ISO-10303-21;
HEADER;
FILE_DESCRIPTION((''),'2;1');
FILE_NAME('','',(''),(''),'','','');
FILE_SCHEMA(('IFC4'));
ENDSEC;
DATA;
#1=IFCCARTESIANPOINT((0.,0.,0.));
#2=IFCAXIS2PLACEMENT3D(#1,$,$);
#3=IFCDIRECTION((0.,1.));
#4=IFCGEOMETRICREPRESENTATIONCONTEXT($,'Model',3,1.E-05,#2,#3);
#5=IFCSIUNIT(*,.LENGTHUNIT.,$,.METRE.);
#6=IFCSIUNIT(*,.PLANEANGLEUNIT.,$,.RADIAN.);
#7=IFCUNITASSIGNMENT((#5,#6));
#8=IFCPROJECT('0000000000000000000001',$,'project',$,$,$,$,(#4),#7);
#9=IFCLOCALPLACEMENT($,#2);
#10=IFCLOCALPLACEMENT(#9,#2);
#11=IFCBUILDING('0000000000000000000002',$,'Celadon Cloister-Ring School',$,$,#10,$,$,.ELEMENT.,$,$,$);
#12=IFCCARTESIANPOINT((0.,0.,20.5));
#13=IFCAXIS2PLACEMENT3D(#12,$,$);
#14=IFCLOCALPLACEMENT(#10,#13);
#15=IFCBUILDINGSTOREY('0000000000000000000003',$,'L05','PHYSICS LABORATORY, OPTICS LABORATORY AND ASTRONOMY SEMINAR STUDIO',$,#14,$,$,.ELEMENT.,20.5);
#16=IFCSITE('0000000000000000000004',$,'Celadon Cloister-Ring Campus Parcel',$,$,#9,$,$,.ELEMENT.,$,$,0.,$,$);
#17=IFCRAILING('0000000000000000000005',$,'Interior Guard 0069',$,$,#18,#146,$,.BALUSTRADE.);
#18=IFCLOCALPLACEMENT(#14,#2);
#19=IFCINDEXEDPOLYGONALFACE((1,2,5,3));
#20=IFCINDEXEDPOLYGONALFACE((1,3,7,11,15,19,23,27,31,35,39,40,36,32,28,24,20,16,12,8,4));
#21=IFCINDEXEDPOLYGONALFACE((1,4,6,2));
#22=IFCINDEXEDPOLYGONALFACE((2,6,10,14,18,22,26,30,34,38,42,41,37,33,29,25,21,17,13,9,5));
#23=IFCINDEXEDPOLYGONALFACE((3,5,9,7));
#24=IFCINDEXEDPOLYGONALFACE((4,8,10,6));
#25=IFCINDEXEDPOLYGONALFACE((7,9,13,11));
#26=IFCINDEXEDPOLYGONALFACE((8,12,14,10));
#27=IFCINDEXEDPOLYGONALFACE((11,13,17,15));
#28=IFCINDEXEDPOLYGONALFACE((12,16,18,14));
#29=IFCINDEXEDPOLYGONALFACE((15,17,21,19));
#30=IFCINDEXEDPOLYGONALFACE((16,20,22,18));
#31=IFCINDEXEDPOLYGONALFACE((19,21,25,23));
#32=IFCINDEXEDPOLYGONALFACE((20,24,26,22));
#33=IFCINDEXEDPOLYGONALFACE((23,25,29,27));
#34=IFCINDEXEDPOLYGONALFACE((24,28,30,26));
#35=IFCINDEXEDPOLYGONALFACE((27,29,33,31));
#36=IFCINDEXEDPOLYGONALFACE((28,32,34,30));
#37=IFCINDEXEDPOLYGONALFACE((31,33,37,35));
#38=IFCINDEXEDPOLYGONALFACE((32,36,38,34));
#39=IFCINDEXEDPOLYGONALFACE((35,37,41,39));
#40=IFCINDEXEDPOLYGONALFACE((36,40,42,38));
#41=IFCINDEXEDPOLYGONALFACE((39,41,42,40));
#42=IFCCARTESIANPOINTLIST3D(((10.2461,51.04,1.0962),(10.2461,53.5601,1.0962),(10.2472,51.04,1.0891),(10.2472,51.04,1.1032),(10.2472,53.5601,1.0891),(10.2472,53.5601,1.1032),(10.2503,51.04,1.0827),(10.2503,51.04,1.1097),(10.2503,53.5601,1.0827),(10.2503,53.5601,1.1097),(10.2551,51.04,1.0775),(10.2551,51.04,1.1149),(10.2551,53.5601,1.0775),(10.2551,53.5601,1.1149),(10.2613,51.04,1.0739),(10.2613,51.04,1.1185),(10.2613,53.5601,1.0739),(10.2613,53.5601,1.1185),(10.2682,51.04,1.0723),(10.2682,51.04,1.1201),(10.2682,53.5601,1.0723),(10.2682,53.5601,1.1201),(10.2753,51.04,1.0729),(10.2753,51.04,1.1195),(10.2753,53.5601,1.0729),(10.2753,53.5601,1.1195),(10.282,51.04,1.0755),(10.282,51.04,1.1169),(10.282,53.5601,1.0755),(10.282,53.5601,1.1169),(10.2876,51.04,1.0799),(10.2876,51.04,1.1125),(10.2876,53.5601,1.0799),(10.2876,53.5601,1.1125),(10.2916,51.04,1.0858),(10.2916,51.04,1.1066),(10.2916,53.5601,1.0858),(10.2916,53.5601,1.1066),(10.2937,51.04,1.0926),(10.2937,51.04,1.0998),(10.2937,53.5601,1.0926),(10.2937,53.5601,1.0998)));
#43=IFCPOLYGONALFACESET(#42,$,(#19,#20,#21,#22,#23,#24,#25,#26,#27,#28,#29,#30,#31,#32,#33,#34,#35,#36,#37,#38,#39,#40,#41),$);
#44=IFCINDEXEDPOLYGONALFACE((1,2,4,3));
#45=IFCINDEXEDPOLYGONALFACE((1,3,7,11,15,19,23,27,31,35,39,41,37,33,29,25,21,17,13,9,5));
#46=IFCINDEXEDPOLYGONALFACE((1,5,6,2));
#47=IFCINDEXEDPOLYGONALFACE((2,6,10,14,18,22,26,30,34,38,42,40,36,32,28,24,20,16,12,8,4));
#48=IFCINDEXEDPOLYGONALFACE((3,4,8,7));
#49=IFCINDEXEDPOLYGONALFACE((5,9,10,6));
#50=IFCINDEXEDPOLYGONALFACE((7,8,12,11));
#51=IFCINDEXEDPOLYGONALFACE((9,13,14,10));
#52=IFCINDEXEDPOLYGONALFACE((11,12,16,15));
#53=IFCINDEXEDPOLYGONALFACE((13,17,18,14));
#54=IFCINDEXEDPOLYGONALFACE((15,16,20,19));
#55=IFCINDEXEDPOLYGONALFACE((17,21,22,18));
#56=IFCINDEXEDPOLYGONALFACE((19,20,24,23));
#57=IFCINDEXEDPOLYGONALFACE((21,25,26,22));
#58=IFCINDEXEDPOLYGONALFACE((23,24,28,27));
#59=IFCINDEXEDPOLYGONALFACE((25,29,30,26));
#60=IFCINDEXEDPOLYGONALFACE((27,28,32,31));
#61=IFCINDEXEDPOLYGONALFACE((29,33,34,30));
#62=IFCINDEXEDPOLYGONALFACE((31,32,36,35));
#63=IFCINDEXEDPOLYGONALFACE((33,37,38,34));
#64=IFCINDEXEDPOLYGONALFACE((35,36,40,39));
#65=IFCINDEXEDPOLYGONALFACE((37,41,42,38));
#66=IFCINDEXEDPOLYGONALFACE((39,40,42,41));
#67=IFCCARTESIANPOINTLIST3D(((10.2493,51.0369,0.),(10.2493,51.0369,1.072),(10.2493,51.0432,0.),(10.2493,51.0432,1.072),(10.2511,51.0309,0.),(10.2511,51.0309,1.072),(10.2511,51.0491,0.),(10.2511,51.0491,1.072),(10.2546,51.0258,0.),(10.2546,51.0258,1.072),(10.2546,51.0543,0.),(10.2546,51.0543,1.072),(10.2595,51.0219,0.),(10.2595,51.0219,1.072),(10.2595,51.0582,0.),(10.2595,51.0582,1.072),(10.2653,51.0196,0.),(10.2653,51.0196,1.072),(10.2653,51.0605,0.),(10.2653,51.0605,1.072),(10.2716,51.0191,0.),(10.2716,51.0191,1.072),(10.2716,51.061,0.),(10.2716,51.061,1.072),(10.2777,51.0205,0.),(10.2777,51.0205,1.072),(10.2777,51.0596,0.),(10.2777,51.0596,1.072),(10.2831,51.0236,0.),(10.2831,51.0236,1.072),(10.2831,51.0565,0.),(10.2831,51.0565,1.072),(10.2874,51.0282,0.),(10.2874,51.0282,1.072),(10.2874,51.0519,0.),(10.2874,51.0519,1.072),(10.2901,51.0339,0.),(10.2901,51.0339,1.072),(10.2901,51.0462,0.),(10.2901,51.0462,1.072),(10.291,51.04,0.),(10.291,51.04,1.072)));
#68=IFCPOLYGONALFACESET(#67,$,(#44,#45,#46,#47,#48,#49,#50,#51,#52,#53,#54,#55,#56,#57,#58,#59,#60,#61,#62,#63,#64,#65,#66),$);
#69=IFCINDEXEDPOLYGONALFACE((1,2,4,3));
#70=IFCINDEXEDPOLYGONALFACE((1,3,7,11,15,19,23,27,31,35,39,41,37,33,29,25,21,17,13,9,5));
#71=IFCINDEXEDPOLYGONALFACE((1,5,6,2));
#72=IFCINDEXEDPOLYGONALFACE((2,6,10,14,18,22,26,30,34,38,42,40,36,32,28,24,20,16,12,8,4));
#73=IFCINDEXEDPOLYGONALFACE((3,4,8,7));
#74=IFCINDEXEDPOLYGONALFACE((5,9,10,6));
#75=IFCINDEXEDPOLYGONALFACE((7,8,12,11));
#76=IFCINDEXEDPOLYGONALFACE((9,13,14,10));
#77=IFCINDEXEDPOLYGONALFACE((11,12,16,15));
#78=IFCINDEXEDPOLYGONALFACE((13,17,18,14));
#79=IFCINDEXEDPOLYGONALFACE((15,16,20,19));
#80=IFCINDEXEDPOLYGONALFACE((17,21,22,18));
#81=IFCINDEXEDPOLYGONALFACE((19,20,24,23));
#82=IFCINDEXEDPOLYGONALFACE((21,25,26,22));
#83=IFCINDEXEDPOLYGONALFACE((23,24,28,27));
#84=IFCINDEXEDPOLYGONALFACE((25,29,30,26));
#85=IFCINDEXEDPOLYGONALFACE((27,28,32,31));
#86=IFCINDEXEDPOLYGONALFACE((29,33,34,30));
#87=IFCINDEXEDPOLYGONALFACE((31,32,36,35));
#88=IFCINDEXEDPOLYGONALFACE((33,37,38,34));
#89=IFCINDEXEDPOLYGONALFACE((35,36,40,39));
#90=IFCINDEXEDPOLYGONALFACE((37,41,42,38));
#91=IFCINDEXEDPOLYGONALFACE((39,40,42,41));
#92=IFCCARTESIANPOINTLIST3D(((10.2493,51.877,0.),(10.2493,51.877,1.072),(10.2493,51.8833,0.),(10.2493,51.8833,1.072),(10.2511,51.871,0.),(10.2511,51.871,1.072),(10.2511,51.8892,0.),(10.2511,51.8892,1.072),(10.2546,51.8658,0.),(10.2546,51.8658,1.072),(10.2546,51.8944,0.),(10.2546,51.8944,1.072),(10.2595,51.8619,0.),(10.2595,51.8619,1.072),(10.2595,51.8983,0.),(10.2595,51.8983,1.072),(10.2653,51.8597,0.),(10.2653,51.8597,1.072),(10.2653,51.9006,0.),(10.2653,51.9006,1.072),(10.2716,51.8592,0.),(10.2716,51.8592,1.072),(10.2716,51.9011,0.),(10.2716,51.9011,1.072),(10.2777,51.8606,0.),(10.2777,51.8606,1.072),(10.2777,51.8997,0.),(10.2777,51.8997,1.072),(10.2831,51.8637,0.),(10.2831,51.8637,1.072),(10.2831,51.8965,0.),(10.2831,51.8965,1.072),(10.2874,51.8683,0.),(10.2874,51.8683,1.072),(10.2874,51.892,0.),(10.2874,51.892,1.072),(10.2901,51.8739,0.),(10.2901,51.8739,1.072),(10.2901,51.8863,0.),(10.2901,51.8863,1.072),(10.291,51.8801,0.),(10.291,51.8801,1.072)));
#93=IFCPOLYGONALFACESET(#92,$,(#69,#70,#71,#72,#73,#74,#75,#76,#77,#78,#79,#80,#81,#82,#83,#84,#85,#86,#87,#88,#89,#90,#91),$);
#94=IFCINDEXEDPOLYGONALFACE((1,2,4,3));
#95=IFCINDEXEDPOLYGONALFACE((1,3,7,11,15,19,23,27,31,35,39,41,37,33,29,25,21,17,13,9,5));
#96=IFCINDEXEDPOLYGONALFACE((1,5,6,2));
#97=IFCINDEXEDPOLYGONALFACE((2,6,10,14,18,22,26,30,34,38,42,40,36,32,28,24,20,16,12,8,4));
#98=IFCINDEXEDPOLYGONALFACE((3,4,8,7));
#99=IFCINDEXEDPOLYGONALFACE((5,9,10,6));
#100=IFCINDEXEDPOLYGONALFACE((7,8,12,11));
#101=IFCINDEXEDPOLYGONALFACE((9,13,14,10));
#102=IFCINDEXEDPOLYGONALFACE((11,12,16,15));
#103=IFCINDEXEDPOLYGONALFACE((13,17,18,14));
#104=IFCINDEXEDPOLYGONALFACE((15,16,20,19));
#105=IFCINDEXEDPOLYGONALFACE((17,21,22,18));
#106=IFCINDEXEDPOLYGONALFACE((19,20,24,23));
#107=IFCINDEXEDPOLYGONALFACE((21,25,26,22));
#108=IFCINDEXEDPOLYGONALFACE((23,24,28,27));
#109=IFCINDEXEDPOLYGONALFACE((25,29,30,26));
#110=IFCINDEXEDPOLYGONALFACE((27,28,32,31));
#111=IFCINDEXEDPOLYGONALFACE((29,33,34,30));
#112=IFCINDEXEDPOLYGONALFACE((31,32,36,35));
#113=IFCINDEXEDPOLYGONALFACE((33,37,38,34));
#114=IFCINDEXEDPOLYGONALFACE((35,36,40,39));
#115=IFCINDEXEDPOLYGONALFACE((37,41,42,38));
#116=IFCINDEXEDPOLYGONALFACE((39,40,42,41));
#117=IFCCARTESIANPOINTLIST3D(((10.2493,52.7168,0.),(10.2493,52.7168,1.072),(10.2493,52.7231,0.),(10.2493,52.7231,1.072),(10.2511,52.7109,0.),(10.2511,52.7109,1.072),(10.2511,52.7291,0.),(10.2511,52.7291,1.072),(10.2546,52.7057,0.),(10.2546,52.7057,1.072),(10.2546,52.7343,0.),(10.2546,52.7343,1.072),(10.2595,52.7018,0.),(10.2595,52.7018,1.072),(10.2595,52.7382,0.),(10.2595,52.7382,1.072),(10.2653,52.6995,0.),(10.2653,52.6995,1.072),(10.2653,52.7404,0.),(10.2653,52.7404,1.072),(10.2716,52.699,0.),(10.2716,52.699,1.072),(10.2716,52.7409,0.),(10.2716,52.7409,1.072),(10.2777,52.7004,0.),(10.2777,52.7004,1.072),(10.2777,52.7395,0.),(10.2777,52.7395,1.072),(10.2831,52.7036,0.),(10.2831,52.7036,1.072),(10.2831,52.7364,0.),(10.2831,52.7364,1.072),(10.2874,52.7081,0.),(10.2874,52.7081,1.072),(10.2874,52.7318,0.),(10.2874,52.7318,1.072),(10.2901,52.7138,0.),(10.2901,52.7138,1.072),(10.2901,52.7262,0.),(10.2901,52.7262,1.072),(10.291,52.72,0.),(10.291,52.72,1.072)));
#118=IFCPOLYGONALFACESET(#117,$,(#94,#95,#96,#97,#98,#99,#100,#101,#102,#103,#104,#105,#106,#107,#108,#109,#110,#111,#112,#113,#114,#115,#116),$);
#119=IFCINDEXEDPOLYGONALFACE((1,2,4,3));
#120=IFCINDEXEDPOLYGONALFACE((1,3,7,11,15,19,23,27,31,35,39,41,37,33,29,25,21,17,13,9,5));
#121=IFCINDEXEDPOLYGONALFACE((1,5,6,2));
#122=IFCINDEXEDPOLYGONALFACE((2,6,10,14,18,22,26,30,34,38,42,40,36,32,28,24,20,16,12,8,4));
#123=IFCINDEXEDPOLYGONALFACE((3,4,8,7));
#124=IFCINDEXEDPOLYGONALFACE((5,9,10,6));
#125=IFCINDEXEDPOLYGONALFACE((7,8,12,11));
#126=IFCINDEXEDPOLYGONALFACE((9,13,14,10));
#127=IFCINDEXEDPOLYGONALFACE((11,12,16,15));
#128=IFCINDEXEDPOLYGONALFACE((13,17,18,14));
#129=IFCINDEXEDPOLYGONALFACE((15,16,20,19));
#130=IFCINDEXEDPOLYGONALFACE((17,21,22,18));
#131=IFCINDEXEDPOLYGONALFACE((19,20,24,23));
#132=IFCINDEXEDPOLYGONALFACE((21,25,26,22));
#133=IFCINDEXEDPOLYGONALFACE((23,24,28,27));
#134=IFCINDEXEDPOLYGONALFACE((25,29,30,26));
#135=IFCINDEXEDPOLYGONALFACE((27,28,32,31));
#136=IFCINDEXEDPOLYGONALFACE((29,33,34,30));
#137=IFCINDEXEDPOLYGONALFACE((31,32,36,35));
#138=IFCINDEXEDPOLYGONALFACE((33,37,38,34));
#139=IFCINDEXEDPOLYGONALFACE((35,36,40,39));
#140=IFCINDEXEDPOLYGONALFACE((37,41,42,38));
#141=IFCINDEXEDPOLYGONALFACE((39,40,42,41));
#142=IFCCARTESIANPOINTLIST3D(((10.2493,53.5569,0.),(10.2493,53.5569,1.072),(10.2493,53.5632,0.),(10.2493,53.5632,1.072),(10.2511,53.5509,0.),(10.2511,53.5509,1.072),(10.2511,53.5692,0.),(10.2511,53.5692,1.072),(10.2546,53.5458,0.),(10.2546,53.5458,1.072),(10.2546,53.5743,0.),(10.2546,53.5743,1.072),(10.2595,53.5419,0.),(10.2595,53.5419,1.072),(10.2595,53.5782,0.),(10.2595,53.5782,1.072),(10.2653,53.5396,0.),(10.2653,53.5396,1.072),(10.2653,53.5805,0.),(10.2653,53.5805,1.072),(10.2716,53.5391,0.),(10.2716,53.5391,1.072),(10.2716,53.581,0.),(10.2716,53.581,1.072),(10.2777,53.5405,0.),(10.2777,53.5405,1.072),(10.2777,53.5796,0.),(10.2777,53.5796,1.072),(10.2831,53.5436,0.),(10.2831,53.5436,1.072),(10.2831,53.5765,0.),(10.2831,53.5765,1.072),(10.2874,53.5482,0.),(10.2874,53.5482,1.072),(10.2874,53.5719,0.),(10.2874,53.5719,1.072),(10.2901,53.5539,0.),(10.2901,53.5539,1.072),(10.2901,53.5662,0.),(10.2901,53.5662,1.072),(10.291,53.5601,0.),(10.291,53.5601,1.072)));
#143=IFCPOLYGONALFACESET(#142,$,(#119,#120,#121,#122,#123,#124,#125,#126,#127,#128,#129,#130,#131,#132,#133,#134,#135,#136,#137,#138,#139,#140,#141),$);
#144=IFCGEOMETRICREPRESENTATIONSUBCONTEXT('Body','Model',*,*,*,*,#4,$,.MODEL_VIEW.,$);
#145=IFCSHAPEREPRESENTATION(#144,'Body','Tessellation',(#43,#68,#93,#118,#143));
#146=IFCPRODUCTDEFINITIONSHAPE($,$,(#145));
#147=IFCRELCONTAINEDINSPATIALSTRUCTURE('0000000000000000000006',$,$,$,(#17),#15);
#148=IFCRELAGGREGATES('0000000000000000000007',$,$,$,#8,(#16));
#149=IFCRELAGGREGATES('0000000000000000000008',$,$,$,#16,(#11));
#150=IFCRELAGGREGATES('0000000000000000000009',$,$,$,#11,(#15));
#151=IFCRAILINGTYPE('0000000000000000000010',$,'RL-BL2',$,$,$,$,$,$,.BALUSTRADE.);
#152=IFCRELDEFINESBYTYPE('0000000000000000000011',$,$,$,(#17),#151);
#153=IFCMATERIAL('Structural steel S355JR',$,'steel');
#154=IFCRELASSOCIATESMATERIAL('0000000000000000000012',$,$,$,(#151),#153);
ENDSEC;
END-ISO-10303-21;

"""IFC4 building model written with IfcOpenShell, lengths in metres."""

from ifc_helpers import new_model, si_unit, direction, frame, origin, origin_2d, place, context, subcontext, project, spatial, circle, extrude, material, type_object, element, save


model = new_model("IFC4")

# Units and contexts
model_context = context("Model", 3, precision=1e-05, world=origin(), true_north=direction((0.0, 1.0)))
body_context = subcontext(model_context, "Body", "Model", "MODEL_VIEW")
ifc_project = project(units=[si_unit("LENGTHUNIT", "METRE"), si_unit("PLANEANGLEUNIT", "RADIAN")], contexts=[model_context])

# Site, building, storey
site_placement = place(None, origin())
site = spatial("IfcSite", under=ifc_project, at=site_placement, Name="Celadon Cloister-Ring Campus Parcel", CompositionType="ELEMENT", RefElevation=0.0)
building_placement = place(site_placement, origin())
building = spatial("IfcBuilding", under=site, at=building_placement, Name="Celadon Cloister-Ring School", CompositionType="ELEMENT")
storey_placement = place(building_placement, frame((0.0, 0.0, 20.5)))
storey = spatial("IfcBuildingStorey", under=building, at=storey_placement, Name="L05", Description="PHYSICS LABORATORY, OPTICS LABORATORY AND ASTRONOMY SEMINAR STUDIO", CompositionType="ELEMENT", Elevation=20.5)

# Railing
ifc_material_1 = material(Name="Structural steel S355JR", Category="steel")
railing_type = type_object("IfcRailingType", Name="RL-BL2", PredefinedType="BALUSTRADE", material=ifc_material_1)
railing_1_placement = place(storey_placement, frame((10.27, 51.04, 0.0)))
element("IfcRailing", 1, at=railing_1_placement, inside=storey, type_object=railing_type, Name="Interior Guard 0069", PredefinedType="BALUSTRADE", context=body_context, shape_type="SweptSolid", body=[
    extrude(circle(Radius=0.0239, at=origin_2d()), frame((0.0, 0.0, 1.0962), z_axis=(0.0, 1.0, 0.0), x_axis=(-1.0, 0.0, 0.0)), (0.0, 0.0, 1.0), 2.52),
    extrude(circle(Radius=0.021, at=origin_2d()), origin(), (0.0, 0.0, 1.0), 1.072),
    extrude(circle(Radius=0.021, at=origin_2d()), frame((0.0, 0.8401, 0.0)), (0.0, 0.0, 1.0), 1.072),
    extrude(circle(Radius=0.021, at=origin_2d()), frame((0.0, 1.6799, 0.0)), (0.0, 0.0, 1.0), 1.072),
    extrude(circle(Radius=0.021, at=origin_2d()), frame((0.0, 2.52, 0.0)), (0.0, 0.0, 1.0), 1.072),
])

save(model, "model.ifc")
